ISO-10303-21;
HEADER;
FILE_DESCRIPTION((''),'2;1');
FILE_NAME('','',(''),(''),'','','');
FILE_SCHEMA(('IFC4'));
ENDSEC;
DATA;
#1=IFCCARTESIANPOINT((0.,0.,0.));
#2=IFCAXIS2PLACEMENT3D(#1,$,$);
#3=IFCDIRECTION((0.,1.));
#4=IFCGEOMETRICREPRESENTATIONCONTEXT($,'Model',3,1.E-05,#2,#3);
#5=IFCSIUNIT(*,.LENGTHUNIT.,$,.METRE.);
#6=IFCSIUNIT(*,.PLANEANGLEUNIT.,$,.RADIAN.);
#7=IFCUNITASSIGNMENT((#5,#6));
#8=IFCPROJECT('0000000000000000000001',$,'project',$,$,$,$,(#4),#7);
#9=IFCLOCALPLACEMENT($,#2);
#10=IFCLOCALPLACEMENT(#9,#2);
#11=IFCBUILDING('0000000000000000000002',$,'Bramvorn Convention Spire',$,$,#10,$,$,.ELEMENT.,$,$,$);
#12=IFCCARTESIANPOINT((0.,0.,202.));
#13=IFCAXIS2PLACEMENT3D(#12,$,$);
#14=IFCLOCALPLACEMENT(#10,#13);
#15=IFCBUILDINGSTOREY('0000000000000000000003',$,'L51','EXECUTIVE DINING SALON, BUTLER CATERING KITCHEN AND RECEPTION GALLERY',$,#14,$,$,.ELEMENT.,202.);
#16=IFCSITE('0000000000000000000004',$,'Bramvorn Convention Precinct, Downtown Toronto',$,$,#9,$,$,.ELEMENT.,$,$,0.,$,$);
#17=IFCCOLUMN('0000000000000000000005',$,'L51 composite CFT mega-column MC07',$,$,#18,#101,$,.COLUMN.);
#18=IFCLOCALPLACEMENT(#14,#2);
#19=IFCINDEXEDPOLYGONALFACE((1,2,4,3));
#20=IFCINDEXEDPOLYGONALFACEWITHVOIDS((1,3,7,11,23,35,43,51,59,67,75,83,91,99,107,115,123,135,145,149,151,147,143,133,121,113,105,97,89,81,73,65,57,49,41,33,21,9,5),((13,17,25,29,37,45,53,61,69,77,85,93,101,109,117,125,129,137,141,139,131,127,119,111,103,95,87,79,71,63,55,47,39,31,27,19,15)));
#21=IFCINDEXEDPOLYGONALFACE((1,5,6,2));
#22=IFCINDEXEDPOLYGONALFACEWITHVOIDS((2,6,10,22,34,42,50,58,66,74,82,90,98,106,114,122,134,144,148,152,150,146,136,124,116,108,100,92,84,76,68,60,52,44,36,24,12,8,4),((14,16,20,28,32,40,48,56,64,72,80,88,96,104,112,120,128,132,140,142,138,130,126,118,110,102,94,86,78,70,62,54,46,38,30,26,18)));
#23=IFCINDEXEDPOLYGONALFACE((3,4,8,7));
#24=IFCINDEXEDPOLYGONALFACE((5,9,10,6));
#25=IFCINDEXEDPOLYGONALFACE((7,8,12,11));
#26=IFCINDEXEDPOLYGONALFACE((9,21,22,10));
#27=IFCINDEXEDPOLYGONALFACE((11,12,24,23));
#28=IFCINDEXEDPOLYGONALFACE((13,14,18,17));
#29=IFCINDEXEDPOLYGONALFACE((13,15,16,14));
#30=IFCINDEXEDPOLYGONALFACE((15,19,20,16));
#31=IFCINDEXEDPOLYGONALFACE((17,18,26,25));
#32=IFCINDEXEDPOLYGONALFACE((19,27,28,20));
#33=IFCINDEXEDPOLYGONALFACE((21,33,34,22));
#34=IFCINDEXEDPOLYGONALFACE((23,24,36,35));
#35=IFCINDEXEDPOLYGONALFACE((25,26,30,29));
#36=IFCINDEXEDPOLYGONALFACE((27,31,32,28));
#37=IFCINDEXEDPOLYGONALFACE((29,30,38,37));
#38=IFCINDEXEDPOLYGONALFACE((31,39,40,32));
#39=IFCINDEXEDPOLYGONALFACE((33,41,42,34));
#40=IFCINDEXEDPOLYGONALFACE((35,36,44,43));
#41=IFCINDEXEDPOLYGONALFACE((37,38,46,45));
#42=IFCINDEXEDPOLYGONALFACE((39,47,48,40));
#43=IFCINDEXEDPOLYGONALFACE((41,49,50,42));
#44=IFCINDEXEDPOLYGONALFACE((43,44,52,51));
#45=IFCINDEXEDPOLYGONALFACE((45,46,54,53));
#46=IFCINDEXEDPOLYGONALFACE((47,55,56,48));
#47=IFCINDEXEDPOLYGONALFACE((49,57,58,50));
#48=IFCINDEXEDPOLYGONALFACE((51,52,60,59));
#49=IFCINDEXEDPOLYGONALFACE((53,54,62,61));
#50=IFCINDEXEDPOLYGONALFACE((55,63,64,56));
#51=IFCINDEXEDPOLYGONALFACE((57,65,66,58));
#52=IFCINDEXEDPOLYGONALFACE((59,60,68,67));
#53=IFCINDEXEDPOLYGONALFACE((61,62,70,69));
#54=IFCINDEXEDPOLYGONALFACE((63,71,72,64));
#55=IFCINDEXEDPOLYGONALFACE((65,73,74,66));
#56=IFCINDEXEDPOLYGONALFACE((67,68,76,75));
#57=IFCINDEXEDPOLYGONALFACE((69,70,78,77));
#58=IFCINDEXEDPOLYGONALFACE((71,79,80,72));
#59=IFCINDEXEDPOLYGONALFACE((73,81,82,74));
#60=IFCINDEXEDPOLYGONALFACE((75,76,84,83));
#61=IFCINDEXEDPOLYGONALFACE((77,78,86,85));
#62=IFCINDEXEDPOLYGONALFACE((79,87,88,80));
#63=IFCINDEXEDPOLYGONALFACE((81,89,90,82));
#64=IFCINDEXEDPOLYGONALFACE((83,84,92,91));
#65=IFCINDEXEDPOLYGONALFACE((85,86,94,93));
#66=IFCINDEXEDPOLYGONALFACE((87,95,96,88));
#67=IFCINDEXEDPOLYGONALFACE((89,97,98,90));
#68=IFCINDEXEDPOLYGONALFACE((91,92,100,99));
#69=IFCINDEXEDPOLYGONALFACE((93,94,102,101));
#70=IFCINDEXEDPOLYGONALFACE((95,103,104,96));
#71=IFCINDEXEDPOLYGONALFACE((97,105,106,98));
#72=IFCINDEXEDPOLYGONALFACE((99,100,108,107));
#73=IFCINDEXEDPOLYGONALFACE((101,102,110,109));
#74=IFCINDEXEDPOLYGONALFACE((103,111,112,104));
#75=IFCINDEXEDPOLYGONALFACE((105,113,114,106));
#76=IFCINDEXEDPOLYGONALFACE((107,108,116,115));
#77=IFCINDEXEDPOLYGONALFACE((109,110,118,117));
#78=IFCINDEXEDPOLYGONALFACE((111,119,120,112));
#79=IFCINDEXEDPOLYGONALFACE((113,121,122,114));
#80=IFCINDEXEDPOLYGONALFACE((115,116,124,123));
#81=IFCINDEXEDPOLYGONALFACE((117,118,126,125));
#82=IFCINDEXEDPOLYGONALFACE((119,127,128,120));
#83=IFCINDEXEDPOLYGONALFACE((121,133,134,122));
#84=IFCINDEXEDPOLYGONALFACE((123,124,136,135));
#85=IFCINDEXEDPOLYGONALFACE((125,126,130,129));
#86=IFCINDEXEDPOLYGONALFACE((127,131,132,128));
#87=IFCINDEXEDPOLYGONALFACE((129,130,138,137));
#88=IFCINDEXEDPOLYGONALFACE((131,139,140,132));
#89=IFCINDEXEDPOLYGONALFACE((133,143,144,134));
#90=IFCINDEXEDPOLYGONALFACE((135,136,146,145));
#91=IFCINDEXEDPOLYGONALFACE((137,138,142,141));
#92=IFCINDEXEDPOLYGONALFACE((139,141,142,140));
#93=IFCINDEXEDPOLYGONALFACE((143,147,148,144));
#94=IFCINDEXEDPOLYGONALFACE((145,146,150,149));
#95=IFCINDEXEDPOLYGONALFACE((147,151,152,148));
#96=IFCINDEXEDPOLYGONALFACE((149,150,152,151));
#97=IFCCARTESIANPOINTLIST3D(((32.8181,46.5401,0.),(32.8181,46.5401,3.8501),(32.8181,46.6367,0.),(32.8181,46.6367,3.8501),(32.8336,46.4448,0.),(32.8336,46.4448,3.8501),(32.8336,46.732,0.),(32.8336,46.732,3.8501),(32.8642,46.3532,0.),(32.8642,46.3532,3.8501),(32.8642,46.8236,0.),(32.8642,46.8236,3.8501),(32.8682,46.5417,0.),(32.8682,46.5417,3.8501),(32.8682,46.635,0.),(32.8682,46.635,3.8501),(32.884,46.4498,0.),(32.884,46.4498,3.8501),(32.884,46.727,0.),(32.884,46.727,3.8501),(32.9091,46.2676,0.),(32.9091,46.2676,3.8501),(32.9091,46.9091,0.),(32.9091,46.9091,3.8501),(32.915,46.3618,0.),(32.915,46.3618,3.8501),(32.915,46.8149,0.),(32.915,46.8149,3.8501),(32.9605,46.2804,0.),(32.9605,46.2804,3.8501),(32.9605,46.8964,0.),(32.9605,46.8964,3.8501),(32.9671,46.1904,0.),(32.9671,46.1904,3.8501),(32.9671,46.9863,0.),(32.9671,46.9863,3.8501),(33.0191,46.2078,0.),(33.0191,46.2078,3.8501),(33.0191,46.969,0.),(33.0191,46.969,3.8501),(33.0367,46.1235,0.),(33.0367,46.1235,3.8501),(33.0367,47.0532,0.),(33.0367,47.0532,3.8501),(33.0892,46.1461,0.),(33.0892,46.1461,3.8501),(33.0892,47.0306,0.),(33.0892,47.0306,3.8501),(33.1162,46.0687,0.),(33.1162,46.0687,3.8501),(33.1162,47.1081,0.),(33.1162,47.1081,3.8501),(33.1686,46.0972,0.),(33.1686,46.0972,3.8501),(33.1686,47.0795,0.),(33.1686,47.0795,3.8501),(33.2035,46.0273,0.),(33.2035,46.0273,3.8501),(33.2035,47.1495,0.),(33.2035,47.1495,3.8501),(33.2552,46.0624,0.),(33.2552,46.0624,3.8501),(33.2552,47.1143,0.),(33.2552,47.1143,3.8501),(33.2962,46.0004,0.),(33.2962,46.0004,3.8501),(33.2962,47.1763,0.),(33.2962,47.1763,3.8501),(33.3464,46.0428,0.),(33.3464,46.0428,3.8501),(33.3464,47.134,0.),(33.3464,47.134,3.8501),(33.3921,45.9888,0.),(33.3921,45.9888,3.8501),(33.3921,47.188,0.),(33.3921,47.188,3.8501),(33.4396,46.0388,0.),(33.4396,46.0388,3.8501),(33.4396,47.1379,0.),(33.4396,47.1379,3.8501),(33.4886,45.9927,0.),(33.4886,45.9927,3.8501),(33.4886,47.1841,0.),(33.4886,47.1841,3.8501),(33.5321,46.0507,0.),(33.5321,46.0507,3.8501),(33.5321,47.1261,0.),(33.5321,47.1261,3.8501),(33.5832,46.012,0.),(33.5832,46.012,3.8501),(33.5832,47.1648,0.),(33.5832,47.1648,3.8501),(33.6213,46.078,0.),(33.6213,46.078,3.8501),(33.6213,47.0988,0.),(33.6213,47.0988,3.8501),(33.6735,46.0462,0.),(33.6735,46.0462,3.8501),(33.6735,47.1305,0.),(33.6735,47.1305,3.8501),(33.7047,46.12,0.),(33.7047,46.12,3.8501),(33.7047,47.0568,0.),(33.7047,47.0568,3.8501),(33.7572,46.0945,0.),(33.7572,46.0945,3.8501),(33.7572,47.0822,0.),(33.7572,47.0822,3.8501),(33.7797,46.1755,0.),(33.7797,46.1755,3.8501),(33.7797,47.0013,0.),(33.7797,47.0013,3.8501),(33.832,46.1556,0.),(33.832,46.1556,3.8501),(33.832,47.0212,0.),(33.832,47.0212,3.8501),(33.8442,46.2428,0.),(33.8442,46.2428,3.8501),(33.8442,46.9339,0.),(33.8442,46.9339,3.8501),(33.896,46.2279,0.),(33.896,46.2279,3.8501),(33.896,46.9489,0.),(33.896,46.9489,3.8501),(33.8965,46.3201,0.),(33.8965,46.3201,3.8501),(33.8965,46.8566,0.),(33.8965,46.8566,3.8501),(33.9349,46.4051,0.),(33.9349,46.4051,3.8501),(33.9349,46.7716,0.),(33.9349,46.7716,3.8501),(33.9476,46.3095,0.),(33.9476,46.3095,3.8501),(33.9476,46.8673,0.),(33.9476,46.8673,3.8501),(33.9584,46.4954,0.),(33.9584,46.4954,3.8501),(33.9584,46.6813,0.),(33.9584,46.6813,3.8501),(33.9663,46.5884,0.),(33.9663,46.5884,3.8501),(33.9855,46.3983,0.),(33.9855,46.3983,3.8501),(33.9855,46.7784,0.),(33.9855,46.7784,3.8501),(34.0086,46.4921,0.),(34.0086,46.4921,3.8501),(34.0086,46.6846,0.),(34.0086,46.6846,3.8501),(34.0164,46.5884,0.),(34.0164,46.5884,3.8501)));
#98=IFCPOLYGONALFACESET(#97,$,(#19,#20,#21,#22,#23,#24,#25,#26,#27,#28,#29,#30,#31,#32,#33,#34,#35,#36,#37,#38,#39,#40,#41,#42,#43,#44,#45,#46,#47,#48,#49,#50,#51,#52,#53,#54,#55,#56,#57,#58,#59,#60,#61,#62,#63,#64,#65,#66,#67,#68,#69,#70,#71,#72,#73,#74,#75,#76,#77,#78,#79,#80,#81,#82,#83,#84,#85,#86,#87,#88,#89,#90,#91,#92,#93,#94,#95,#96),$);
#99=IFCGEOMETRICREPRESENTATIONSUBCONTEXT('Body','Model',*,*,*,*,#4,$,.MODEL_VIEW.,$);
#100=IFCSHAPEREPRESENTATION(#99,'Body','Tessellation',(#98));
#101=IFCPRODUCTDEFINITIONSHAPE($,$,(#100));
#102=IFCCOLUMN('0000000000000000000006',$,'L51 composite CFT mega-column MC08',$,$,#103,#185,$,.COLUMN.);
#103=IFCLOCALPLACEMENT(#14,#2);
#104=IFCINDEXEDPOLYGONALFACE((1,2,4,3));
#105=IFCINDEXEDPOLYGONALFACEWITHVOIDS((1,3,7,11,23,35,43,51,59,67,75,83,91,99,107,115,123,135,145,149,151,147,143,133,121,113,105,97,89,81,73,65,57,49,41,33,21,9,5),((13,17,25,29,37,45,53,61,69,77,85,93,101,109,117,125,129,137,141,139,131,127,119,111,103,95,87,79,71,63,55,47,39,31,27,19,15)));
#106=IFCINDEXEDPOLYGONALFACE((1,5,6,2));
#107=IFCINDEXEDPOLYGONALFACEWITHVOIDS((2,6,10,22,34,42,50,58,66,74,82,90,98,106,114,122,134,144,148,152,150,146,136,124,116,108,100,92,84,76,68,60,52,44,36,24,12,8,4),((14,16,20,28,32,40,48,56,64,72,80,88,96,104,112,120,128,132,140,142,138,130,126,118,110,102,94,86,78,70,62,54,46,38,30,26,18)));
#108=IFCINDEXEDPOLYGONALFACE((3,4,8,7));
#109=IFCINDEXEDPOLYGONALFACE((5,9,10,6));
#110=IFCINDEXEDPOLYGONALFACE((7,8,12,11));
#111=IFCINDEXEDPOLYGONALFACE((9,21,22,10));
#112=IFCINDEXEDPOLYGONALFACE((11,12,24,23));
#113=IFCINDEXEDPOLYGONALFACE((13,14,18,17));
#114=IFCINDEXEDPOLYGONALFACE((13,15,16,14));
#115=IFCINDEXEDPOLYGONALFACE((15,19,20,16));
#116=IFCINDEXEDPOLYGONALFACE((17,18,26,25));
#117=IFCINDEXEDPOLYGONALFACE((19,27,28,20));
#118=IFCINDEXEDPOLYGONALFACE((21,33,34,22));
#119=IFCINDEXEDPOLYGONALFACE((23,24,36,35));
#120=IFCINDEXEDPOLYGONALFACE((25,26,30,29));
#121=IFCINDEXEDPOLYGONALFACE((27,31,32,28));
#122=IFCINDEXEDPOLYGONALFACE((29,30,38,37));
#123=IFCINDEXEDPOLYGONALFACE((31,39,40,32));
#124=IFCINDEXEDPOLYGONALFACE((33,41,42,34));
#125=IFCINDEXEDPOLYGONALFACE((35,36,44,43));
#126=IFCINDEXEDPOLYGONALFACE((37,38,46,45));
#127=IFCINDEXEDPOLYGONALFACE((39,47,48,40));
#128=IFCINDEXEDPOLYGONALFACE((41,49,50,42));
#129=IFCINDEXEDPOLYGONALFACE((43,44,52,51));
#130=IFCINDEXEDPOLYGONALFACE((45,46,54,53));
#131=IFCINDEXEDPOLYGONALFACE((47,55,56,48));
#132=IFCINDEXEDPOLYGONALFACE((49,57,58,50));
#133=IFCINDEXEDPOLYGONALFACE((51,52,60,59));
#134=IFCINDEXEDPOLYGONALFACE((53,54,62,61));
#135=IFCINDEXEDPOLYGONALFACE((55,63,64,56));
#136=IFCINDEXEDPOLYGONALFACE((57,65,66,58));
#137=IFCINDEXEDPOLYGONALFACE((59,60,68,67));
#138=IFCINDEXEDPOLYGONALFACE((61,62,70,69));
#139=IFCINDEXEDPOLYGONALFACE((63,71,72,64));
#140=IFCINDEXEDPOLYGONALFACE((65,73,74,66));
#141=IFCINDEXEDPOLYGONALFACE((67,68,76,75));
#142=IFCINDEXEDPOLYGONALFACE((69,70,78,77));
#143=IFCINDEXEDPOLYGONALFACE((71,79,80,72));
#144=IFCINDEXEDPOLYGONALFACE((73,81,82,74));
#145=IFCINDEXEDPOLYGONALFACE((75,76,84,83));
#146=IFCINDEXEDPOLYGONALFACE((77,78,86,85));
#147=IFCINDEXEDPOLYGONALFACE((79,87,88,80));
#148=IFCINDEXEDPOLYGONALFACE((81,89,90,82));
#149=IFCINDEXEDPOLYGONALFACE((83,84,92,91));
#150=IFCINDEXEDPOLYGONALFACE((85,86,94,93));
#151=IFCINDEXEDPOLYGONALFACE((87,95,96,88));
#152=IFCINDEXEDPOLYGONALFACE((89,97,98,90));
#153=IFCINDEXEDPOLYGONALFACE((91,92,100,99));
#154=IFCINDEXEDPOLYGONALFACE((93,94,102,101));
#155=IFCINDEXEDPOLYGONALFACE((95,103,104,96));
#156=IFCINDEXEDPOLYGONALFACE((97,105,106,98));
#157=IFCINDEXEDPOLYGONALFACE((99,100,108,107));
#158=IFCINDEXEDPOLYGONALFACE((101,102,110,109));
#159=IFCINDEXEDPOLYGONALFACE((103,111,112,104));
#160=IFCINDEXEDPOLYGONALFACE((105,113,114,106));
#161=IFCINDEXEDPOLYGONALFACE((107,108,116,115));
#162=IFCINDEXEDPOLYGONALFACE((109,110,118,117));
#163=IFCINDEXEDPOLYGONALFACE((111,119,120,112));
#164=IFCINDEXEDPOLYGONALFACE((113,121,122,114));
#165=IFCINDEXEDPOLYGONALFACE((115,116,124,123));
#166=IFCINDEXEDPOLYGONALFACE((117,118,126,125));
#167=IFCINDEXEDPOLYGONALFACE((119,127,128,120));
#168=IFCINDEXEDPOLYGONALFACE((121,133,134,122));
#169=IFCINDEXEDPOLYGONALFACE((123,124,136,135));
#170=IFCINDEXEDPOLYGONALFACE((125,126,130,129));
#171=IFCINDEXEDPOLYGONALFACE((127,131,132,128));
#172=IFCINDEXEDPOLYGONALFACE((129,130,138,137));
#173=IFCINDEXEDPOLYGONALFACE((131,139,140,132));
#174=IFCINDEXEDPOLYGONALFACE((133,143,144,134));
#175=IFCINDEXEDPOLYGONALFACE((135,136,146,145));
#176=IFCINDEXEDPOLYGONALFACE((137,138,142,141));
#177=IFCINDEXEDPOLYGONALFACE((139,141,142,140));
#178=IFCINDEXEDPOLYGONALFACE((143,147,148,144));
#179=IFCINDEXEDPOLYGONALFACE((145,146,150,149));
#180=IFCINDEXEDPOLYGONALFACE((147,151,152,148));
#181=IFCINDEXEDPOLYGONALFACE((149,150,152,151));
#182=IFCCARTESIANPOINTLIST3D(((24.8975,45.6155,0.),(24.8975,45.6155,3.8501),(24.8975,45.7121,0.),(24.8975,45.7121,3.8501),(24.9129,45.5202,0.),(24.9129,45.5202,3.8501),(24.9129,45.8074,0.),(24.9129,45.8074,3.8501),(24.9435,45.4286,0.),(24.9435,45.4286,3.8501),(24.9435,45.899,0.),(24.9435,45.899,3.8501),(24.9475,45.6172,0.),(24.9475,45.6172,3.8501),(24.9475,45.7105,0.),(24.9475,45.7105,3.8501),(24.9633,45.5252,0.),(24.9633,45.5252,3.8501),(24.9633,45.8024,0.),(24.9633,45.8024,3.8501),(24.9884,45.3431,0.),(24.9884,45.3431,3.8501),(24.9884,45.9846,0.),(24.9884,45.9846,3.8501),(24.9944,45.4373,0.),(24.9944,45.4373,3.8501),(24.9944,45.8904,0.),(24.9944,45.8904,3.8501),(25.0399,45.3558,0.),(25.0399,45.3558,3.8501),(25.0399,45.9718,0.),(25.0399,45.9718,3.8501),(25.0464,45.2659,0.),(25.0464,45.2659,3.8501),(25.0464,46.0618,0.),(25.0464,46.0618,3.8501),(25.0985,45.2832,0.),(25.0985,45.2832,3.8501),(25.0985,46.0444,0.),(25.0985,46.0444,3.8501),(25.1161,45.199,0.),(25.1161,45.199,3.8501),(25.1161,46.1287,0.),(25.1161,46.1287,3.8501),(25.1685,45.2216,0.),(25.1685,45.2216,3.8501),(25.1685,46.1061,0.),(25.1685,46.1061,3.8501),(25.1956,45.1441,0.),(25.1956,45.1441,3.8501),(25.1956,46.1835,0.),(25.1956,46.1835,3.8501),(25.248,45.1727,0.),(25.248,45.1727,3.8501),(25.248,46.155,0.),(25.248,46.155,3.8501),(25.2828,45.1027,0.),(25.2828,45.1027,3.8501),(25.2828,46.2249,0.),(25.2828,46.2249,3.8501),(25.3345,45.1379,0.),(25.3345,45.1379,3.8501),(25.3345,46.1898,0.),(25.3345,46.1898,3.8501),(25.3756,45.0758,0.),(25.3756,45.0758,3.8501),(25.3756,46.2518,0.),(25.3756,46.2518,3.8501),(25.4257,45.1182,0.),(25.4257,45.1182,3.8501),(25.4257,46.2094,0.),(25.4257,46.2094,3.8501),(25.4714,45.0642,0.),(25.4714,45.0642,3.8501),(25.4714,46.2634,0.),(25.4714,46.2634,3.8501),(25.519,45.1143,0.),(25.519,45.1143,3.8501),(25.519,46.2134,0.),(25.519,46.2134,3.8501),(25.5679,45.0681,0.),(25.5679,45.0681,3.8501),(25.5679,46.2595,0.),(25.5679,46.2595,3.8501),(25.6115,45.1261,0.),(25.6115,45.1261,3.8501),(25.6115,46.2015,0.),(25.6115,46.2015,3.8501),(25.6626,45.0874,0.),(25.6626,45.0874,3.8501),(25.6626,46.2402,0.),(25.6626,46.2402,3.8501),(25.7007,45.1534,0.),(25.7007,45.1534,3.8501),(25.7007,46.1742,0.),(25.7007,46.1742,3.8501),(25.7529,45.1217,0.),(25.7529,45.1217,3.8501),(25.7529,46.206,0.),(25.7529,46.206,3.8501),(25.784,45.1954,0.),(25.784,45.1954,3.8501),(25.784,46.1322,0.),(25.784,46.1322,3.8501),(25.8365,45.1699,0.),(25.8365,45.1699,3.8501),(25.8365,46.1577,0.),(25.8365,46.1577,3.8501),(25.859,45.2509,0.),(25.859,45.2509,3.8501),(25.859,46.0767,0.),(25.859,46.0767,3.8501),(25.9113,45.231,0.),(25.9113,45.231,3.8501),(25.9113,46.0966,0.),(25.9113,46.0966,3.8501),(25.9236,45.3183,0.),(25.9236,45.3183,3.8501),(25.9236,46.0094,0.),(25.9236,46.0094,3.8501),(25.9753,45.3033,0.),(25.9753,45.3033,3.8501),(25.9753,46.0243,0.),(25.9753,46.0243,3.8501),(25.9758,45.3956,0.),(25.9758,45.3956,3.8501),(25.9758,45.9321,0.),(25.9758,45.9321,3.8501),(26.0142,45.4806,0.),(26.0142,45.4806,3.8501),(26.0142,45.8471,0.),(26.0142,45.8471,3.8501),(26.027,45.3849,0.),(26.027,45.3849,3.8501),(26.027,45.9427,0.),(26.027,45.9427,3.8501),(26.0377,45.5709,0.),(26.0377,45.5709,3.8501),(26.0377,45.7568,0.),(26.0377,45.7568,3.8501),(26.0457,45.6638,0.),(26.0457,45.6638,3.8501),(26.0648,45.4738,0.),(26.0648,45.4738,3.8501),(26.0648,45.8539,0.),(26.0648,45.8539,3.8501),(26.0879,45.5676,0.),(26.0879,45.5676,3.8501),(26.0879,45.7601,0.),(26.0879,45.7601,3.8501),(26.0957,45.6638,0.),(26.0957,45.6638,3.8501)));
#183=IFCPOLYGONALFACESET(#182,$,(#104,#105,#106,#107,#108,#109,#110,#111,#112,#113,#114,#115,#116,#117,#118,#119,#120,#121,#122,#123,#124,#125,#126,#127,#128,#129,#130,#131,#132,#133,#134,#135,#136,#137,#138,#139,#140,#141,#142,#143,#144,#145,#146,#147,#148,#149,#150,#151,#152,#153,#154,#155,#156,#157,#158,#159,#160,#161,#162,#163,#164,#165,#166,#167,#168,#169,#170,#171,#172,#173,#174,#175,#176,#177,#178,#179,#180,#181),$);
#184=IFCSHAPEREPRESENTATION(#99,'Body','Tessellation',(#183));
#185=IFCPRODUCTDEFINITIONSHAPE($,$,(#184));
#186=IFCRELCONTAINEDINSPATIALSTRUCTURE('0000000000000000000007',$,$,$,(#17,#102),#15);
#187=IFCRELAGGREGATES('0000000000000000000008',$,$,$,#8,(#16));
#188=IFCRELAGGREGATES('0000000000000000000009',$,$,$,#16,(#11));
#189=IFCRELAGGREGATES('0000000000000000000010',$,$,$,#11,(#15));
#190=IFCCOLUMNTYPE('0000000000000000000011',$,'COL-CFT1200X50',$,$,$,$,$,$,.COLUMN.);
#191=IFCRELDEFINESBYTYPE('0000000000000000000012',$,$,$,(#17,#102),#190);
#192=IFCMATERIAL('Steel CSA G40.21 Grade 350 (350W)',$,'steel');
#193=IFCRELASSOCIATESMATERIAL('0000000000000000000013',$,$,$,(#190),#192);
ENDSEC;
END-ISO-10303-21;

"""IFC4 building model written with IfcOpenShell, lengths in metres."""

from ifc_helpers import new_model, si_unit, direction, frame, origin, origin_2d, place, context, subcontext, project, spatial, hollow_circle, extrude, material, material_profile, profile_set, type_object, element, save


model = new_model("IFC4")

# Units and contexts
model_context = context("Model", 3, precision=1e-05, world=origin(), true_north=direction((0.0, 1.0)))
body_context = subcontext(model_context, "Body", "Model", "MODEL_VIEW")
ifc_project = project(units=[si_unit("LENGTHUNIT", "METRE"), si_unit("PLANEANGLEUNIT", "RADIAN")], contexts=[model_context])

# Site, building, storey
site_placement = place(None, origin())
site = spatial("IfcSite", under=ifc_project, at=site_placement, Name="Bramvorn Convention Precinct, Downtown Toronto", CompositionType="ELEMENT", RefElevation=0.0)
building_placement = place(site_placement, origin())
building = spatial("IfcBuilding", under=site, at=building_placement, Name="Bramvorn Convention Spire", CompositionType="ELEMENT")
storey_placement = place(building_placement, frame((0.0, 0.0, 202.0)))
storey = spatial("IfcBuildingStorey", under=building, at=storey_placement, Name="L51", Description="EXECUTIVE DINING SALON, BUTLER CATERING KITCHEN AND RECEPTION GALLERY", CompositionType="ELEMENT", Elevation=202.0)

# Columns
ifc_material_1 = material(Name="Steel CSA G40.21 Grade 350 (350W)", Category="steel")
ifc_material_profile_1 = material_profile(ifc_material_1, hollow_circle(Radius=0.6001, WallThickness=0.05, at=origin_2d()))
ifc_profile_set_1 = profile_set([ifc_material_profile_1], Name="Steel CSA G40.21 Grade 350 (350W) - CFT1200X50")
column_type = type_object("IfcColumnType", Name="COL-CFT1200X50", PredefinedType="COLUMN", material=ifc_profile_set_1)
for number, where, z_axis, x_axis, name in (
    (1, (33.4163, 46.5884, 0.0), (0.0, 0.0, 1.0), (1.0, 0.0, 0.0), "L51 composite CFT mega-column MC07"),
    (2, (25.4956, 45.6638, 0.0), (0.0, 0.0, 1.0), (1.0, 0.0, 0.0), "L51 composite CFT mega-column MC08"),
):
    element("IfcColumn", number, at=place(storey_placement, frame(where, z_axis=z_axis, x_axis=x_axis)), inside=storey, type_object=column_type, Name=name, PredefinedType="COLUMN", context=body_context, shape_type="SweptSolid", body=[
        extrude(hollow_circle(Radius=0.6001, WallThickness=0.05, at=origin_2d()), origin(), (0.0, 0.0, 1.0), 3.8501),
    ])

save(model, "model.ifc")
